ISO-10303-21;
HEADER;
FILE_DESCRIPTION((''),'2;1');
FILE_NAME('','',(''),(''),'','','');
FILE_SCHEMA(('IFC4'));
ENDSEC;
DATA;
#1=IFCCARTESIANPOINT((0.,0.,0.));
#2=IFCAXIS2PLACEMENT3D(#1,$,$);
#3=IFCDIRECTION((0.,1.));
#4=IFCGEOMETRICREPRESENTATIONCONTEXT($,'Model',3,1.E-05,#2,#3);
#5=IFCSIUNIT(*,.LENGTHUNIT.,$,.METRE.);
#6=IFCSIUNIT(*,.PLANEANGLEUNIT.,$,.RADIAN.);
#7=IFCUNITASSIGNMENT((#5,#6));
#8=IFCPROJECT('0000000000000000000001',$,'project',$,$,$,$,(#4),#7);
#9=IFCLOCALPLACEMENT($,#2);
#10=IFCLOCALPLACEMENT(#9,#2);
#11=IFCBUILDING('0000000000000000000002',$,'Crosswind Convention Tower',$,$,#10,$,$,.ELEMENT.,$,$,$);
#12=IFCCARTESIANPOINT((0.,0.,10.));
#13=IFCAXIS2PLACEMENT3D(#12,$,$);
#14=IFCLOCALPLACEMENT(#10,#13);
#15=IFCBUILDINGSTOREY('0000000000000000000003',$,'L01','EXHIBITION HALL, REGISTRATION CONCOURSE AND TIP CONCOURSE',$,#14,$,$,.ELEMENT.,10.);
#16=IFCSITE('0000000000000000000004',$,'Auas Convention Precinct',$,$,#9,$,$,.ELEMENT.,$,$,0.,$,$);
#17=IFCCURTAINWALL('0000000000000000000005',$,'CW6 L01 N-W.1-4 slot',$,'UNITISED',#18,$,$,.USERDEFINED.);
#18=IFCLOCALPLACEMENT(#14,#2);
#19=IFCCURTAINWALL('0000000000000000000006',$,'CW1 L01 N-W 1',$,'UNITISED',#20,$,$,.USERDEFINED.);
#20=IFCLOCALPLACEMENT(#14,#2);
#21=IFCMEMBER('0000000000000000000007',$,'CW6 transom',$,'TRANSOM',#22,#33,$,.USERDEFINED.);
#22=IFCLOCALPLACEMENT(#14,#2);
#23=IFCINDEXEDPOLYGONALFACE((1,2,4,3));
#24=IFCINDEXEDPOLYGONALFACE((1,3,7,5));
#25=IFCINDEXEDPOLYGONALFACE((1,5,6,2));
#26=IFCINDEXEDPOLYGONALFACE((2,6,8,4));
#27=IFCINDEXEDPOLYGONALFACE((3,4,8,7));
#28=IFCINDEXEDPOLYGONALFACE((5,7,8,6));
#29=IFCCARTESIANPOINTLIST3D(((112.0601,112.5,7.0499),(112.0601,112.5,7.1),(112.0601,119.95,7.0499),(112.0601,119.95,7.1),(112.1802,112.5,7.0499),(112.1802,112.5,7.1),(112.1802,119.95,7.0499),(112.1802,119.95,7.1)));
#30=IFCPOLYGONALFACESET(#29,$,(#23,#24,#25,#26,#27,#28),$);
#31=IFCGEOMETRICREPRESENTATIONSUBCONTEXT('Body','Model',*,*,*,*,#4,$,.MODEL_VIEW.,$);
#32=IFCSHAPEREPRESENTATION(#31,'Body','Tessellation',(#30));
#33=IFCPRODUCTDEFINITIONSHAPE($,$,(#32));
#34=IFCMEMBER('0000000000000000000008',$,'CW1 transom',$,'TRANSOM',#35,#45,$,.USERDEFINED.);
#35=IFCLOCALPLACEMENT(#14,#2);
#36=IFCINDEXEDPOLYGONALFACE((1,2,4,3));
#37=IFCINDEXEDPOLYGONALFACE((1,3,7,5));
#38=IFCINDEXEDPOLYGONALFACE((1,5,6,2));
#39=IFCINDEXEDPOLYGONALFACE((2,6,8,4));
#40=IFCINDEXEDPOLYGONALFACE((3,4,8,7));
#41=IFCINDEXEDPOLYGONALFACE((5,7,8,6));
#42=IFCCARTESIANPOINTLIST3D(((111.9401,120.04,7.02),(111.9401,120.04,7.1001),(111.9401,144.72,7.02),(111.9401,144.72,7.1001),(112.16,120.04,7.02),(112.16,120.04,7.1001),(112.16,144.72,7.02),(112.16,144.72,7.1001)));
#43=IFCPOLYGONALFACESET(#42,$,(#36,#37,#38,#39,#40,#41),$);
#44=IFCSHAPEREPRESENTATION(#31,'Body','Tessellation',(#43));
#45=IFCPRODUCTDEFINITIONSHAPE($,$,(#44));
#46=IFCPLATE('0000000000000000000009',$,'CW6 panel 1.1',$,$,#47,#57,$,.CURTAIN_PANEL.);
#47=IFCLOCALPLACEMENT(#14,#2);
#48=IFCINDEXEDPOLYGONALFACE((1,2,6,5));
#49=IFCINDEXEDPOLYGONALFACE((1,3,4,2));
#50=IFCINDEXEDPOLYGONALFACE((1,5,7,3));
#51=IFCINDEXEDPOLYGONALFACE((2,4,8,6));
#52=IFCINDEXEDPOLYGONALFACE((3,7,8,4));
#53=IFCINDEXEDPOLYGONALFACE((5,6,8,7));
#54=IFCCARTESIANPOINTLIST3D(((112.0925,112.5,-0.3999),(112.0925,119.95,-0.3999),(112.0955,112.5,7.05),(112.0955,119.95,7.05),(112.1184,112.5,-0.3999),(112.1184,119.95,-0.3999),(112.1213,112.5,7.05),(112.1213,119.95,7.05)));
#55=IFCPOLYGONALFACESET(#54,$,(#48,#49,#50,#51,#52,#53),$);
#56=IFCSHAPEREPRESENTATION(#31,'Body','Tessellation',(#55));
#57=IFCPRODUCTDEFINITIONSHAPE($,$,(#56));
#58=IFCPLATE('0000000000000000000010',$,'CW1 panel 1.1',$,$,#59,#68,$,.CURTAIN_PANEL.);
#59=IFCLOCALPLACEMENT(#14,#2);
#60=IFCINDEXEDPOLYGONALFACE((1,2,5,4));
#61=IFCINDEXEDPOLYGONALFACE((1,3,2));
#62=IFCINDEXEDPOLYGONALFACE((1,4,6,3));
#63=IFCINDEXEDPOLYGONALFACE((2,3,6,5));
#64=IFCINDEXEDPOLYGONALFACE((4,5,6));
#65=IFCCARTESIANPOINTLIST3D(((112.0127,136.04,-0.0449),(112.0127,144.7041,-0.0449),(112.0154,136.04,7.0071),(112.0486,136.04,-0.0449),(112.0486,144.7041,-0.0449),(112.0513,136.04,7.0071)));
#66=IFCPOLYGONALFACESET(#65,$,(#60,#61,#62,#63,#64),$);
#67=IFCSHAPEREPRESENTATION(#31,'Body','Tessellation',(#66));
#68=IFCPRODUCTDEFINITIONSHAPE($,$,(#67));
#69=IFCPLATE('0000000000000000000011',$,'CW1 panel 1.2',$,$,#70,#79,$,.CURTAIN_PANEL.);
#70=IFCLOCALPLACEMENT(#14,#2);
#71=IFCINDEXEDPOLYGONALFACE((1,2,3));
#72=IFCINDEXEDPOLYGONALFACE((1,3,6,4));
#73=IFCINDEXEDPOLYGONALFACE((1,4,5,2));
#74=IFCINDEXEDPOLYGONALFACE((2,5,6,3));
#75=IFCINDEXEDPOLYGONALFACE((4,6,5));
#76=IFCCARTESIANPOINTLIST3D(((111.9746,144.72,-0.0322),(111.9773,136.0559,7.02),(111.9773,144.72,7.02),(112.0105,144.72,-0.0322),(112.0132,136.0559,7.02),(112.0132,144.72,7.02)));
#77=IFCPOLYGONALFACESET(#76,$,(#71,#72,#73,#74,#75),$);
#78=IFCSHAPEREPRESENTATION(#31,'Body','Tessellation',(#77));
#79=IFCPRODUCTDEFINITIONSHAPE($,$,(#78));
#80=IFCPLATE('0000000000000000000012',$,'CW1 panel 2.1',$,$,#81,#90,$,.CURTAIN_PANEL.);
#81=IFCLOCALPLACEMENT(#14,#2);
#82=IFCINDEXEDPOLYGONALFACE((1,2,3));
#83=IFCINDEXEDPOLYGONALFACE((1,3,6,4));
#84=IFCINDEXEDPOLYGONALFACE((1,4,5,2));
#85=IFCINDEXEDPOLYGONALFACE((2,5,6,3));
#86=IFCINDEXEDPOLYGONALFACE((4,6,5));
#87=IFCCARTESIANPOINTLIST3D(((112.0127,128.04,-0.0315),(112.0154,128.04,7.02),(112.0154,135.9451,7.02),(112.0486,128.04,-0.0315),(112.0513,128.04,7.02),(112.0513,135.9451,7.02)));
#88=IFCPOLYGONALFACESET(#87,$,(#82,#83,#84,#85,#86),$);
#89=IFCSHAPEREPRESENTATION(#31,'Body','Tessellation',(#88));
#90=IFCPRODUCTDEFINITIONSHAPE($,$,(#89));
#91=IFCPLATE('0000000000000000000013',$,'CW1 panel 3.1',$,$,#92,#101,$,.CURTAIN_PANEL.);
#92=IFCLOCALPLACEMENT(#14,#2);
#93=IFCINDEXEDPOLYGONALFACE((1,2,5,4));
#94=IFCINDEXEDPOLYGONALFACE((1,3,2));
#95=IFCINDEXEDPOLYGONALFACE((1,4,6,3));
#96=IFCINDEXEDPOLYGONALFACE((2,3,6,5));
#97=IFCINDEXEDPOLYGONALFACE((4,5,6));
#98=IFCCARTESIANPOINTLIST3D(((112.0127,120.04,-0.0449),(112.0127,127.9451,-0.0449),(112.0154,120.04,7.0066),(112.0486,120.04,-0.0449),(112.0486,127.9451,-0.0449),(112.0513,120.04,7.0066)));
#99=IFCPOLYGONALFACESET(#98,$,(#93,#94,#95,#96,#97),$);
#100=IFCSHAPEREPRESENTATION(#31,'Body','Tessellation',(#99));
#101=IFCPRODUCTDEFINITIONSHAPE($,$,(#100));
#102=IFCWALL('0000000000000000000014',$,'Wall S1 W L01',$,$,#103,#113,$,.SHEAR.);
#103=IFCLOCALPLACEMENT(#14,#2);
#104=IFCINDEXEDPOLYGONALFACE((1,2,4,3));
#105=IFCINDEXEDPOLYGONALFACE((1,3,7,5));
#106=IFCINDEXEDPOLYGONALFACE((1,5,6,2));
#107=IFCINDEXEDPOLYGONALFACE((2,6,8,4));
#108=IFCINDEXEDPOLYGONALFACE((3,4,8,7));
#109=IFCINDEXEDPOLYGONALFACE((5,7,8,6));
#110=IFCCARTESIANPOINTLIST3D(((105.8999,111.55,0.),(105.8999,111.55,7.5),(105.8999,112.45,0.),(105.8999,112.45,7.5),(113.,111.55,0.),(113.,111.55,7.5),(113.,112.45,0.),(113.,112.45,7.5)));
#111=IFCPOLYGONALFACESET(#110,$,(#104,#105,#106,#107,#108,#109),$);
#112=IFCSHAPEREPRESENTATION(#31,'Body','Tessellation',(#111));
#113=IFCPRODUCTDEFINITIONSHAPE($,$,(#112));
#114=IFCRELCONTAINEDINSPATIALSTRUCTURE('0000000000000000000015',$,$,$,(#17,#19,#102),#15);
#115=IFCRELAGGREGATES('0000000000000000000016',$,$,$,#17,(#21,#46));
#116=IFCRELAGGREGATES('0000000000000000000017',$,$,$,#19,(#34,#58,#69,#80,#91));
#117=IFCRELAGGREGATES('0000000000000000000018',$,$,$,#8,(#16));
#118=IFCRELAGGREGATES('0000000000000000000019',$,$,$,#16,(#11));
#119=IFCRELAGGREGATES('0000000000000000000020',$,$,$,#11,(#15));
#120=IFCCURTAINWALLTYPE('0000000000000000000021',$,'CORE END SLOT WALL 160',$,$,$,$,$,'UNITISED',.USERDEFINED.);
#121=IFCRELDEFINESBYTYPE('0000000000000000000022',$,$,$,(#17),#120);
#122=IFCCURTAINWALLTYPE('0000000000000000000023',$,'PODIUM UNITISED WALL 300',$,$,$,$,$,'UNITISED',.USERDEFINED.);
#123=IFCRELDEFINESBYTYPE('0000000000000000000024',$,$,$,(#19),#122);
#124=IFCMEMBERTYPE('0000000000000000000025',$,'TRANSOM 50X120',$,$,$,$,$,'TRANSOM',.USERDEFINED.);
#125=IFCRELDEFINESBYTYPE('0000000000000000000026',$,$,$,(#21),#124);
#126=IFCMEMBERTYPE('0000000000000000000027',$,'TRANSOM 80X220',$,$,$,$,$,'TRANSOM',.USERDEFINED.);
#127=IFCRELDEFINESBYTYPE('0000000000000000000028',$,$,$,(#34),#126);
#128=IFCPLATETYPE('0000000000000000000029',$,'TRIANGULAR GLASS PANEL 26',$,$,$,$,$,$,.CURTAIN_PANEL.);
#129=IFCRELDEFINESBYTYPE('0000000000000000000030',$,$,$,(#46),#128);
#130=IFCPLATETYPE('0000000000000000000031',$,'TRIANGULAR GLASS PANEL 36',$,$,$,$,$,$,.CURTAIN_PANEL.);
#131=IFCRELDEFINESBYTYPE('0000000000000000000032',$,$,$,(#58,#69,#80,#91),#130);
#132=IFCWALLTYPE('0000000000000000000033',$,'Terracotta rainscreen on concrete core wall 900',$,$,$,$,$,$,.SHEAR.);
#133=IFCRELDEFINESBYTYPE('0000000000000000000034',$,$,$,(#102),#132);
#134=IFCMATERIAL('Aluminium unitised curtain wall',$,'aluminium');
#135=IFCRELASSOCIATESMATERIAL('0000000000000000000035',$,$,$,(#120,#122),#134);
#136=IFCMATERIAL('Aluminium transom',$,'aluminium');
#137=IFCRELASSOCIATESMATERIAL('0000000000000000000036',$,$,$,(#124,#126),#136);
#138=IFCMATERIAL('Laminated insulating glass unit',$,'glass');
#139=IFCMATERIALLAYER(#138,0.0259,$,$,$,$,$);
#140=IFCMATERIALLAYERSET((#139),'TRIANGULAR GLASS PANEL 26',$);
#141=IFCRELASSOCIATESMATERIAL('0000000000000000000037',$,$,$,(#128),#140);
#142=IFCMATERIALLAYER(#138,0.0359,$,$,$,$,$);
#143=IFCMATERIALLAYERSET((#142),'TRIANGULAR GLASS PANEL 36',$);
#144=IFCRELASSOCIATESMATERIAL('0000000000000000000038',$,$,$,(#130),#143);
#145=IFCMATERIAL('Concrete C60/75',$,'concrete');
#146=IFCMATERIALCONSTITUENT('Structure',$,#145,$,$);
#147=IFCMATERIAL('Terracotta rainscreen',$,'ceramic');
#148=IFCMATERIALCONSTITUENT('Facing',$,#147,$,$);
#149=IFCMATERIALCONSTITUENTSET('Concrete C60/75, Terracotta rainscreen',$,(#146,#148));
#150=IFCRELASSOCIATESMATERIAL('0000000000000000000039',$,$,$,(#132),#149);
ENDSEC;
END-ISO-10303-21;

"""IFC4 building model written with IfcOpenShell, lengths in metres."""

from ifc_helpers import new_model, si_unit, direction, frame, frame_2d, origin, origin_2d, place, context, subcontext, project, spatial, polyline, rectangle, outline, extrude, material, layer, layer_set, constituent, constituent_set, material_profile, profile_set, type_object, element, aggregate, save


model = new_model("IFC4")

# Units and contexts
model_context = context("Model", 3, precision=1e-05, world=origin(), true_north=direction((0.0, 1.0)))
body_context = subcontext(model_context, "Body", "Model", "MODEL_VIEW")
ifc_project = project(units=[si_unit("LENGTHUNIT", "METRE"), si_unit("PLANEANGLEUNIT", "RADIAN")], contexts=[model_context])

# Site, building, storey
site_placement = place(None, origin())
site = spatial("IfcSite", under=ifc_project, at=site_placement, Name="Auas Convention Precinct", CompositionType="ELEMENT", RefElevation=0.0)
building_placement = place(site_placement, origin())
building = spatial("IfcBuilding", under=site, at=building_placement, Name="Crosswind Convention Tower", CompositionType="ELEMENT")
storey_placement = place(building_placement, frame((0.0, 0.0, 10.0)))
storey = spatial("IfcBuildingStorey", under=building, at=storey_placement, Name="L01", Description="EXHIBITION HALL, REGISTRATION CONCOURSE AND TIP CONCOURSE", CompositionType="ELEMENT", Elevation=10.0)

# Curtain walls
ifc_material_1 = material(Name="Aluminium unitised curtain wall", Category="aluminium")
curtain_wall_type_1 = type_object("IfcCurtainWallType", Name="CORE END SLOT WALL 160", ElementType="UNITISED", PredefinedType="USERDEFINED", material=ifc_material_1)
curtain_wall_1_placement = place(storey_placement, origin())
curtain_wall_1 = element("IfcCurtainWall", 1, at=curtain_wall_1_placement, inside=storey, type_object=curtain_wall_type_1, Name="CW6 L01 N-W.1-4 slot", ObjectType="UNITISED", PredefinedType="USERDEFINED")
curtain_wall_type_2 = type_object("IfcCurtainWallType", Name="PODIUM UNITISED WALL 300", ElementType="UNITISED", PredefinedType="USERDEFINED", material=ifc_material_1)
curtain_wall_2_placement = place(storey_placement, origin())
curtain_wall_2 = element("IfcCurtainWall", 2, at=curtain_wall_2_placement, inside=storey, type_object=curtain_wall_type_2, Name="CW1 L01 N-W 1", ObjectType="UNITISED", PredefinedType="USERDEFINED")

# Members
ifc_material_2 = material(Name="Aluminium transom", Category="aluminium")
ifc_material_profile_1 = material_profile(ifc_material_2, rectangle(XDim=0.1201, YDim=0.05, at=origin_2d()), Name="AL 120X50")
ifc_profile_set_1 = profile_set([ifc_material_profile_1], Name="Aluminium transom")
member_type_1 = type_object("IfcMemberType", Name="TRANSOM 50X120", ElementType="TRANSOM", PredefinedType="USERDEFINED", material=ifc_profile_set_1)
member_1_placement = place(storey_placement, frame((112.1201, 119.95, 7.075), z_axis=(0.0, -1.0, 0.0), x_axis=(1.0, 0.0, 0.0)))
member_1 = element("IfcMember", 3, at=member_1_placement, type_object=member_type_1, Name="CW6 transom", ObjectType="TRANSOM", PredefinedType="USERDEFINED", context=body_context, shape_type="SweptSolid", body=[
    extrude(rectangle(XDim=0.1201, YDim=0.05, at=origin_2d()), origin(), (0.0, 0.0, 1.0), 7.45),
])
ifc_material_profile_2 = material_profile(ifc_material_2, rectangle(XDim=0.22, YDim=0.0801, at=origin_2d()), Name="AL 220X80")
ifc_profile_set_2 = profile_set([ifc_material_profile_2], Name="Aluminium transom")
member_type_2 = type_object("IfcMemberType", Name="TRANSOM 80X220", ElementType="TRANSOM", PredefinedType="USERDEFINED", material=ifc_profile_set_2)
member_2_placement = place(storey_placement, frame((112.05, 144.72, 7.0601), z_axis=(0.0, -1.0, 0.0), x_axis=(1.0, 0.0, 0.0)))
member_2 = element("IfcMember", 4, at=member_2_placement, type_object=member_type_2, Name="CW1 transom", ObjectType="TRANSOM", PredefinedType="USERDEFINED", context=body_context, shape_type="SweptSolid", body=[
    extrude(rectangle(XDim=0.22, YDim=0.0801, at=origin_2d()), origin(), (0.0, 0.0, 1.0), 24.6799),
])

# Plates
ifc_material_3 = material(Name="Laminated insulating glass unit", Category="glass")
ifc_layer_1 = layer(ifc_material_3, 0.0259)
ifc_layer_set_1 = layer_set([ifc_layer_1], Name="TRIANGULAR GLASS PANEL 26")
plate_type_1 = type_object("IfcPlateType", Name="TRIANGULAR GLASS PANEL 26", PredefinedType="CURTAIN_PANEL", material=ifc_layer_set_1)
plate_1_placement = place(storey_placement, frame((112.0925, 119.95, -0.3999), z_axis=(-1.0, 0.0, 0.000393), x_axis=(0.0, -1.0, 0.0)))
plate_1 = element("IfcPlate", 5, at=plate_1_placement, type_object=plate_type_1, Name="CW6 panel 1.1", PredefinedType="CURTAIN_PANEL", context=body_context, shape_type="SweptSolid", body=[
    extrude(outline(polyline([(0.0, 0.0), (7.45, 0.0), (7.45, 7.45), (0.0, 7.45), (0.0, 0.0)])), origin(), (0.0, 0.0, -1.0), 0.0259),
])
aggregate(curtain_wall_1, [member_1, plate_1])
ifc_layer_2 = layer(ifc_material_3, 0.0359)
ifc_layer_set_2 = layer_set([ifc_layer_2], Name="TRIANGULAR GLASS PANEL 36")
plate_type_2 = type_object("IfcPlateType", Name="TRIANGULAR GLASS PANEL 36", PredefinedType="CURTAIN_PANEL", material=ifc_layer_set_2)
plate_2_placement = place(storey_placement, frame((112.0127, 136.04, -0.0449), z_axis=(-1.0, 0.0, 0.000381), x_axis=(0.000381, 0.0, 1.0)))
plate_2 = element("IfcPlate", 6, at=plate_2_placement, type_object=plate_type_2, Name="CW1 panel 1.1", PredefinedType="CURTAIN_PANEL", context=body_context, shape_type="SweptSolid", body=[
    extrude(outline(polyline([(0.0, 0.0), (7.052, 0.0), (0.0, 8.6641), (0.0, 0.0)])), origin(), (0.0, 0.0, -1.0), 0.0359),
])
plate_3_placement = place(storey_placement, frame((111.9773, 144.72, 7.02), z_axis=(-1.0, 0.0, 0.000381), x_axis=(-0.000381, 0.0, -1.0)))
plate_3 = element("IfcPlate", 7, at=plate_3_placement, type_object=plate_type_2, Name="CW1 panel 1.2", PredefinedType="CURTAIN_PANEL", context=body_context, shape_type="SweptSolid", body=[
    extrude(outline(polyline([(0.0, 0.0), (7.0522, 0.0), (0.0, 8.6641), (0.0, 0.0)])), origin(), (0.0, 0.0, -1.0), 0.0359),
])
plate_4_placement = place(storey_placement, frame((112.0154, 128.04, 7.02), z_axis=(-1.0, 0.0, 0.000381), x_axis=(0.0, 1.0, 0.0)))
plate_4 = element("IfcPlate", 8, at=plate_4_placement, type_object=plate_type_2, Name="CW1 panel 2.1", PredefinedType="CURTAIN_PANEL", context=body_context, shape_type="SweptSolid", body=[
    extrude(outline(polyline([(0.0, 0.0), (7.905, 0.0), (0.0, 7.0515), (0.0, 0.0)])), origin(), (0.0, 0.0, -1.0), 0.0359),
])
plate_5_placement = place(storey_placement, frame((112.0127, 120.04, -0.0449), z_axis=(-1.0, 0.0, 0.000381), x_axis=(0.000381, 0.0, 1.0)))
plate_5 = element("IfcPlate", 9, at=plate_5_placement, type_object=plate_type_2, Name="CW1 panel 3.1", PredefinedType="CURTAIN_PANEL", context=body_context, shape_type="SweptSolid", body=[
    extrude(outline(polyline([(0.0, 0.0), (7.0515, 0.0), (0.0, 7.905), (0.0, 0.0)])), origin(), (0.0, 0.0, -1.0), 0.0359),
])
aggregate(curtain_wall_2, [member_2, plate_2, plate_3, plate_4, plate_5])

# Wall
ifc_material_4 = material(Name="Concrete C60/75", Category="concrete")
ifc_constituent_1 = constituent(ifc_material_4, Name="Structure")
ifc_material_5 = material(Name="Terracotta rainscreen", Category="ceramic")
ifc_constituent_2 = constituent(ifc_material_5, Name="Facing")
ifc_constituent_set = constituent_set(constituents=[ifc_constituent_1, ifc_constituent_2], Name="Concrete C60/75, Terracotta rainscreen")
wall_type_1 = type_object("IfcWallType", Name="Terracotta rainscreen on concrete core wall 900", PredefinedType="SHEAR", material=ifc_constituent_set)
wall_1_placement = place(storey_placement, frame((113.0, 112.0, 0.0), z_axis=(0.0, 0.0, 1.0), x_axis=(-1.0, 0.0, 0.0)))
element("IfcWall", 10, at=wall_1_placement, inside=storey, type_object=wall_type_1, Name="Wall S1 W L01", PredefinedType="SHEAR", context=body_context, shape_type="SweptSolid", body=[
    extrude(rectangle(XDim=7.1001, YDim=0.8999, at=frame_2d((3.55, 0.0))), origin(), (0.0, 0.0, 1.0), 7.5),
])

save(model, "model.ifc")
